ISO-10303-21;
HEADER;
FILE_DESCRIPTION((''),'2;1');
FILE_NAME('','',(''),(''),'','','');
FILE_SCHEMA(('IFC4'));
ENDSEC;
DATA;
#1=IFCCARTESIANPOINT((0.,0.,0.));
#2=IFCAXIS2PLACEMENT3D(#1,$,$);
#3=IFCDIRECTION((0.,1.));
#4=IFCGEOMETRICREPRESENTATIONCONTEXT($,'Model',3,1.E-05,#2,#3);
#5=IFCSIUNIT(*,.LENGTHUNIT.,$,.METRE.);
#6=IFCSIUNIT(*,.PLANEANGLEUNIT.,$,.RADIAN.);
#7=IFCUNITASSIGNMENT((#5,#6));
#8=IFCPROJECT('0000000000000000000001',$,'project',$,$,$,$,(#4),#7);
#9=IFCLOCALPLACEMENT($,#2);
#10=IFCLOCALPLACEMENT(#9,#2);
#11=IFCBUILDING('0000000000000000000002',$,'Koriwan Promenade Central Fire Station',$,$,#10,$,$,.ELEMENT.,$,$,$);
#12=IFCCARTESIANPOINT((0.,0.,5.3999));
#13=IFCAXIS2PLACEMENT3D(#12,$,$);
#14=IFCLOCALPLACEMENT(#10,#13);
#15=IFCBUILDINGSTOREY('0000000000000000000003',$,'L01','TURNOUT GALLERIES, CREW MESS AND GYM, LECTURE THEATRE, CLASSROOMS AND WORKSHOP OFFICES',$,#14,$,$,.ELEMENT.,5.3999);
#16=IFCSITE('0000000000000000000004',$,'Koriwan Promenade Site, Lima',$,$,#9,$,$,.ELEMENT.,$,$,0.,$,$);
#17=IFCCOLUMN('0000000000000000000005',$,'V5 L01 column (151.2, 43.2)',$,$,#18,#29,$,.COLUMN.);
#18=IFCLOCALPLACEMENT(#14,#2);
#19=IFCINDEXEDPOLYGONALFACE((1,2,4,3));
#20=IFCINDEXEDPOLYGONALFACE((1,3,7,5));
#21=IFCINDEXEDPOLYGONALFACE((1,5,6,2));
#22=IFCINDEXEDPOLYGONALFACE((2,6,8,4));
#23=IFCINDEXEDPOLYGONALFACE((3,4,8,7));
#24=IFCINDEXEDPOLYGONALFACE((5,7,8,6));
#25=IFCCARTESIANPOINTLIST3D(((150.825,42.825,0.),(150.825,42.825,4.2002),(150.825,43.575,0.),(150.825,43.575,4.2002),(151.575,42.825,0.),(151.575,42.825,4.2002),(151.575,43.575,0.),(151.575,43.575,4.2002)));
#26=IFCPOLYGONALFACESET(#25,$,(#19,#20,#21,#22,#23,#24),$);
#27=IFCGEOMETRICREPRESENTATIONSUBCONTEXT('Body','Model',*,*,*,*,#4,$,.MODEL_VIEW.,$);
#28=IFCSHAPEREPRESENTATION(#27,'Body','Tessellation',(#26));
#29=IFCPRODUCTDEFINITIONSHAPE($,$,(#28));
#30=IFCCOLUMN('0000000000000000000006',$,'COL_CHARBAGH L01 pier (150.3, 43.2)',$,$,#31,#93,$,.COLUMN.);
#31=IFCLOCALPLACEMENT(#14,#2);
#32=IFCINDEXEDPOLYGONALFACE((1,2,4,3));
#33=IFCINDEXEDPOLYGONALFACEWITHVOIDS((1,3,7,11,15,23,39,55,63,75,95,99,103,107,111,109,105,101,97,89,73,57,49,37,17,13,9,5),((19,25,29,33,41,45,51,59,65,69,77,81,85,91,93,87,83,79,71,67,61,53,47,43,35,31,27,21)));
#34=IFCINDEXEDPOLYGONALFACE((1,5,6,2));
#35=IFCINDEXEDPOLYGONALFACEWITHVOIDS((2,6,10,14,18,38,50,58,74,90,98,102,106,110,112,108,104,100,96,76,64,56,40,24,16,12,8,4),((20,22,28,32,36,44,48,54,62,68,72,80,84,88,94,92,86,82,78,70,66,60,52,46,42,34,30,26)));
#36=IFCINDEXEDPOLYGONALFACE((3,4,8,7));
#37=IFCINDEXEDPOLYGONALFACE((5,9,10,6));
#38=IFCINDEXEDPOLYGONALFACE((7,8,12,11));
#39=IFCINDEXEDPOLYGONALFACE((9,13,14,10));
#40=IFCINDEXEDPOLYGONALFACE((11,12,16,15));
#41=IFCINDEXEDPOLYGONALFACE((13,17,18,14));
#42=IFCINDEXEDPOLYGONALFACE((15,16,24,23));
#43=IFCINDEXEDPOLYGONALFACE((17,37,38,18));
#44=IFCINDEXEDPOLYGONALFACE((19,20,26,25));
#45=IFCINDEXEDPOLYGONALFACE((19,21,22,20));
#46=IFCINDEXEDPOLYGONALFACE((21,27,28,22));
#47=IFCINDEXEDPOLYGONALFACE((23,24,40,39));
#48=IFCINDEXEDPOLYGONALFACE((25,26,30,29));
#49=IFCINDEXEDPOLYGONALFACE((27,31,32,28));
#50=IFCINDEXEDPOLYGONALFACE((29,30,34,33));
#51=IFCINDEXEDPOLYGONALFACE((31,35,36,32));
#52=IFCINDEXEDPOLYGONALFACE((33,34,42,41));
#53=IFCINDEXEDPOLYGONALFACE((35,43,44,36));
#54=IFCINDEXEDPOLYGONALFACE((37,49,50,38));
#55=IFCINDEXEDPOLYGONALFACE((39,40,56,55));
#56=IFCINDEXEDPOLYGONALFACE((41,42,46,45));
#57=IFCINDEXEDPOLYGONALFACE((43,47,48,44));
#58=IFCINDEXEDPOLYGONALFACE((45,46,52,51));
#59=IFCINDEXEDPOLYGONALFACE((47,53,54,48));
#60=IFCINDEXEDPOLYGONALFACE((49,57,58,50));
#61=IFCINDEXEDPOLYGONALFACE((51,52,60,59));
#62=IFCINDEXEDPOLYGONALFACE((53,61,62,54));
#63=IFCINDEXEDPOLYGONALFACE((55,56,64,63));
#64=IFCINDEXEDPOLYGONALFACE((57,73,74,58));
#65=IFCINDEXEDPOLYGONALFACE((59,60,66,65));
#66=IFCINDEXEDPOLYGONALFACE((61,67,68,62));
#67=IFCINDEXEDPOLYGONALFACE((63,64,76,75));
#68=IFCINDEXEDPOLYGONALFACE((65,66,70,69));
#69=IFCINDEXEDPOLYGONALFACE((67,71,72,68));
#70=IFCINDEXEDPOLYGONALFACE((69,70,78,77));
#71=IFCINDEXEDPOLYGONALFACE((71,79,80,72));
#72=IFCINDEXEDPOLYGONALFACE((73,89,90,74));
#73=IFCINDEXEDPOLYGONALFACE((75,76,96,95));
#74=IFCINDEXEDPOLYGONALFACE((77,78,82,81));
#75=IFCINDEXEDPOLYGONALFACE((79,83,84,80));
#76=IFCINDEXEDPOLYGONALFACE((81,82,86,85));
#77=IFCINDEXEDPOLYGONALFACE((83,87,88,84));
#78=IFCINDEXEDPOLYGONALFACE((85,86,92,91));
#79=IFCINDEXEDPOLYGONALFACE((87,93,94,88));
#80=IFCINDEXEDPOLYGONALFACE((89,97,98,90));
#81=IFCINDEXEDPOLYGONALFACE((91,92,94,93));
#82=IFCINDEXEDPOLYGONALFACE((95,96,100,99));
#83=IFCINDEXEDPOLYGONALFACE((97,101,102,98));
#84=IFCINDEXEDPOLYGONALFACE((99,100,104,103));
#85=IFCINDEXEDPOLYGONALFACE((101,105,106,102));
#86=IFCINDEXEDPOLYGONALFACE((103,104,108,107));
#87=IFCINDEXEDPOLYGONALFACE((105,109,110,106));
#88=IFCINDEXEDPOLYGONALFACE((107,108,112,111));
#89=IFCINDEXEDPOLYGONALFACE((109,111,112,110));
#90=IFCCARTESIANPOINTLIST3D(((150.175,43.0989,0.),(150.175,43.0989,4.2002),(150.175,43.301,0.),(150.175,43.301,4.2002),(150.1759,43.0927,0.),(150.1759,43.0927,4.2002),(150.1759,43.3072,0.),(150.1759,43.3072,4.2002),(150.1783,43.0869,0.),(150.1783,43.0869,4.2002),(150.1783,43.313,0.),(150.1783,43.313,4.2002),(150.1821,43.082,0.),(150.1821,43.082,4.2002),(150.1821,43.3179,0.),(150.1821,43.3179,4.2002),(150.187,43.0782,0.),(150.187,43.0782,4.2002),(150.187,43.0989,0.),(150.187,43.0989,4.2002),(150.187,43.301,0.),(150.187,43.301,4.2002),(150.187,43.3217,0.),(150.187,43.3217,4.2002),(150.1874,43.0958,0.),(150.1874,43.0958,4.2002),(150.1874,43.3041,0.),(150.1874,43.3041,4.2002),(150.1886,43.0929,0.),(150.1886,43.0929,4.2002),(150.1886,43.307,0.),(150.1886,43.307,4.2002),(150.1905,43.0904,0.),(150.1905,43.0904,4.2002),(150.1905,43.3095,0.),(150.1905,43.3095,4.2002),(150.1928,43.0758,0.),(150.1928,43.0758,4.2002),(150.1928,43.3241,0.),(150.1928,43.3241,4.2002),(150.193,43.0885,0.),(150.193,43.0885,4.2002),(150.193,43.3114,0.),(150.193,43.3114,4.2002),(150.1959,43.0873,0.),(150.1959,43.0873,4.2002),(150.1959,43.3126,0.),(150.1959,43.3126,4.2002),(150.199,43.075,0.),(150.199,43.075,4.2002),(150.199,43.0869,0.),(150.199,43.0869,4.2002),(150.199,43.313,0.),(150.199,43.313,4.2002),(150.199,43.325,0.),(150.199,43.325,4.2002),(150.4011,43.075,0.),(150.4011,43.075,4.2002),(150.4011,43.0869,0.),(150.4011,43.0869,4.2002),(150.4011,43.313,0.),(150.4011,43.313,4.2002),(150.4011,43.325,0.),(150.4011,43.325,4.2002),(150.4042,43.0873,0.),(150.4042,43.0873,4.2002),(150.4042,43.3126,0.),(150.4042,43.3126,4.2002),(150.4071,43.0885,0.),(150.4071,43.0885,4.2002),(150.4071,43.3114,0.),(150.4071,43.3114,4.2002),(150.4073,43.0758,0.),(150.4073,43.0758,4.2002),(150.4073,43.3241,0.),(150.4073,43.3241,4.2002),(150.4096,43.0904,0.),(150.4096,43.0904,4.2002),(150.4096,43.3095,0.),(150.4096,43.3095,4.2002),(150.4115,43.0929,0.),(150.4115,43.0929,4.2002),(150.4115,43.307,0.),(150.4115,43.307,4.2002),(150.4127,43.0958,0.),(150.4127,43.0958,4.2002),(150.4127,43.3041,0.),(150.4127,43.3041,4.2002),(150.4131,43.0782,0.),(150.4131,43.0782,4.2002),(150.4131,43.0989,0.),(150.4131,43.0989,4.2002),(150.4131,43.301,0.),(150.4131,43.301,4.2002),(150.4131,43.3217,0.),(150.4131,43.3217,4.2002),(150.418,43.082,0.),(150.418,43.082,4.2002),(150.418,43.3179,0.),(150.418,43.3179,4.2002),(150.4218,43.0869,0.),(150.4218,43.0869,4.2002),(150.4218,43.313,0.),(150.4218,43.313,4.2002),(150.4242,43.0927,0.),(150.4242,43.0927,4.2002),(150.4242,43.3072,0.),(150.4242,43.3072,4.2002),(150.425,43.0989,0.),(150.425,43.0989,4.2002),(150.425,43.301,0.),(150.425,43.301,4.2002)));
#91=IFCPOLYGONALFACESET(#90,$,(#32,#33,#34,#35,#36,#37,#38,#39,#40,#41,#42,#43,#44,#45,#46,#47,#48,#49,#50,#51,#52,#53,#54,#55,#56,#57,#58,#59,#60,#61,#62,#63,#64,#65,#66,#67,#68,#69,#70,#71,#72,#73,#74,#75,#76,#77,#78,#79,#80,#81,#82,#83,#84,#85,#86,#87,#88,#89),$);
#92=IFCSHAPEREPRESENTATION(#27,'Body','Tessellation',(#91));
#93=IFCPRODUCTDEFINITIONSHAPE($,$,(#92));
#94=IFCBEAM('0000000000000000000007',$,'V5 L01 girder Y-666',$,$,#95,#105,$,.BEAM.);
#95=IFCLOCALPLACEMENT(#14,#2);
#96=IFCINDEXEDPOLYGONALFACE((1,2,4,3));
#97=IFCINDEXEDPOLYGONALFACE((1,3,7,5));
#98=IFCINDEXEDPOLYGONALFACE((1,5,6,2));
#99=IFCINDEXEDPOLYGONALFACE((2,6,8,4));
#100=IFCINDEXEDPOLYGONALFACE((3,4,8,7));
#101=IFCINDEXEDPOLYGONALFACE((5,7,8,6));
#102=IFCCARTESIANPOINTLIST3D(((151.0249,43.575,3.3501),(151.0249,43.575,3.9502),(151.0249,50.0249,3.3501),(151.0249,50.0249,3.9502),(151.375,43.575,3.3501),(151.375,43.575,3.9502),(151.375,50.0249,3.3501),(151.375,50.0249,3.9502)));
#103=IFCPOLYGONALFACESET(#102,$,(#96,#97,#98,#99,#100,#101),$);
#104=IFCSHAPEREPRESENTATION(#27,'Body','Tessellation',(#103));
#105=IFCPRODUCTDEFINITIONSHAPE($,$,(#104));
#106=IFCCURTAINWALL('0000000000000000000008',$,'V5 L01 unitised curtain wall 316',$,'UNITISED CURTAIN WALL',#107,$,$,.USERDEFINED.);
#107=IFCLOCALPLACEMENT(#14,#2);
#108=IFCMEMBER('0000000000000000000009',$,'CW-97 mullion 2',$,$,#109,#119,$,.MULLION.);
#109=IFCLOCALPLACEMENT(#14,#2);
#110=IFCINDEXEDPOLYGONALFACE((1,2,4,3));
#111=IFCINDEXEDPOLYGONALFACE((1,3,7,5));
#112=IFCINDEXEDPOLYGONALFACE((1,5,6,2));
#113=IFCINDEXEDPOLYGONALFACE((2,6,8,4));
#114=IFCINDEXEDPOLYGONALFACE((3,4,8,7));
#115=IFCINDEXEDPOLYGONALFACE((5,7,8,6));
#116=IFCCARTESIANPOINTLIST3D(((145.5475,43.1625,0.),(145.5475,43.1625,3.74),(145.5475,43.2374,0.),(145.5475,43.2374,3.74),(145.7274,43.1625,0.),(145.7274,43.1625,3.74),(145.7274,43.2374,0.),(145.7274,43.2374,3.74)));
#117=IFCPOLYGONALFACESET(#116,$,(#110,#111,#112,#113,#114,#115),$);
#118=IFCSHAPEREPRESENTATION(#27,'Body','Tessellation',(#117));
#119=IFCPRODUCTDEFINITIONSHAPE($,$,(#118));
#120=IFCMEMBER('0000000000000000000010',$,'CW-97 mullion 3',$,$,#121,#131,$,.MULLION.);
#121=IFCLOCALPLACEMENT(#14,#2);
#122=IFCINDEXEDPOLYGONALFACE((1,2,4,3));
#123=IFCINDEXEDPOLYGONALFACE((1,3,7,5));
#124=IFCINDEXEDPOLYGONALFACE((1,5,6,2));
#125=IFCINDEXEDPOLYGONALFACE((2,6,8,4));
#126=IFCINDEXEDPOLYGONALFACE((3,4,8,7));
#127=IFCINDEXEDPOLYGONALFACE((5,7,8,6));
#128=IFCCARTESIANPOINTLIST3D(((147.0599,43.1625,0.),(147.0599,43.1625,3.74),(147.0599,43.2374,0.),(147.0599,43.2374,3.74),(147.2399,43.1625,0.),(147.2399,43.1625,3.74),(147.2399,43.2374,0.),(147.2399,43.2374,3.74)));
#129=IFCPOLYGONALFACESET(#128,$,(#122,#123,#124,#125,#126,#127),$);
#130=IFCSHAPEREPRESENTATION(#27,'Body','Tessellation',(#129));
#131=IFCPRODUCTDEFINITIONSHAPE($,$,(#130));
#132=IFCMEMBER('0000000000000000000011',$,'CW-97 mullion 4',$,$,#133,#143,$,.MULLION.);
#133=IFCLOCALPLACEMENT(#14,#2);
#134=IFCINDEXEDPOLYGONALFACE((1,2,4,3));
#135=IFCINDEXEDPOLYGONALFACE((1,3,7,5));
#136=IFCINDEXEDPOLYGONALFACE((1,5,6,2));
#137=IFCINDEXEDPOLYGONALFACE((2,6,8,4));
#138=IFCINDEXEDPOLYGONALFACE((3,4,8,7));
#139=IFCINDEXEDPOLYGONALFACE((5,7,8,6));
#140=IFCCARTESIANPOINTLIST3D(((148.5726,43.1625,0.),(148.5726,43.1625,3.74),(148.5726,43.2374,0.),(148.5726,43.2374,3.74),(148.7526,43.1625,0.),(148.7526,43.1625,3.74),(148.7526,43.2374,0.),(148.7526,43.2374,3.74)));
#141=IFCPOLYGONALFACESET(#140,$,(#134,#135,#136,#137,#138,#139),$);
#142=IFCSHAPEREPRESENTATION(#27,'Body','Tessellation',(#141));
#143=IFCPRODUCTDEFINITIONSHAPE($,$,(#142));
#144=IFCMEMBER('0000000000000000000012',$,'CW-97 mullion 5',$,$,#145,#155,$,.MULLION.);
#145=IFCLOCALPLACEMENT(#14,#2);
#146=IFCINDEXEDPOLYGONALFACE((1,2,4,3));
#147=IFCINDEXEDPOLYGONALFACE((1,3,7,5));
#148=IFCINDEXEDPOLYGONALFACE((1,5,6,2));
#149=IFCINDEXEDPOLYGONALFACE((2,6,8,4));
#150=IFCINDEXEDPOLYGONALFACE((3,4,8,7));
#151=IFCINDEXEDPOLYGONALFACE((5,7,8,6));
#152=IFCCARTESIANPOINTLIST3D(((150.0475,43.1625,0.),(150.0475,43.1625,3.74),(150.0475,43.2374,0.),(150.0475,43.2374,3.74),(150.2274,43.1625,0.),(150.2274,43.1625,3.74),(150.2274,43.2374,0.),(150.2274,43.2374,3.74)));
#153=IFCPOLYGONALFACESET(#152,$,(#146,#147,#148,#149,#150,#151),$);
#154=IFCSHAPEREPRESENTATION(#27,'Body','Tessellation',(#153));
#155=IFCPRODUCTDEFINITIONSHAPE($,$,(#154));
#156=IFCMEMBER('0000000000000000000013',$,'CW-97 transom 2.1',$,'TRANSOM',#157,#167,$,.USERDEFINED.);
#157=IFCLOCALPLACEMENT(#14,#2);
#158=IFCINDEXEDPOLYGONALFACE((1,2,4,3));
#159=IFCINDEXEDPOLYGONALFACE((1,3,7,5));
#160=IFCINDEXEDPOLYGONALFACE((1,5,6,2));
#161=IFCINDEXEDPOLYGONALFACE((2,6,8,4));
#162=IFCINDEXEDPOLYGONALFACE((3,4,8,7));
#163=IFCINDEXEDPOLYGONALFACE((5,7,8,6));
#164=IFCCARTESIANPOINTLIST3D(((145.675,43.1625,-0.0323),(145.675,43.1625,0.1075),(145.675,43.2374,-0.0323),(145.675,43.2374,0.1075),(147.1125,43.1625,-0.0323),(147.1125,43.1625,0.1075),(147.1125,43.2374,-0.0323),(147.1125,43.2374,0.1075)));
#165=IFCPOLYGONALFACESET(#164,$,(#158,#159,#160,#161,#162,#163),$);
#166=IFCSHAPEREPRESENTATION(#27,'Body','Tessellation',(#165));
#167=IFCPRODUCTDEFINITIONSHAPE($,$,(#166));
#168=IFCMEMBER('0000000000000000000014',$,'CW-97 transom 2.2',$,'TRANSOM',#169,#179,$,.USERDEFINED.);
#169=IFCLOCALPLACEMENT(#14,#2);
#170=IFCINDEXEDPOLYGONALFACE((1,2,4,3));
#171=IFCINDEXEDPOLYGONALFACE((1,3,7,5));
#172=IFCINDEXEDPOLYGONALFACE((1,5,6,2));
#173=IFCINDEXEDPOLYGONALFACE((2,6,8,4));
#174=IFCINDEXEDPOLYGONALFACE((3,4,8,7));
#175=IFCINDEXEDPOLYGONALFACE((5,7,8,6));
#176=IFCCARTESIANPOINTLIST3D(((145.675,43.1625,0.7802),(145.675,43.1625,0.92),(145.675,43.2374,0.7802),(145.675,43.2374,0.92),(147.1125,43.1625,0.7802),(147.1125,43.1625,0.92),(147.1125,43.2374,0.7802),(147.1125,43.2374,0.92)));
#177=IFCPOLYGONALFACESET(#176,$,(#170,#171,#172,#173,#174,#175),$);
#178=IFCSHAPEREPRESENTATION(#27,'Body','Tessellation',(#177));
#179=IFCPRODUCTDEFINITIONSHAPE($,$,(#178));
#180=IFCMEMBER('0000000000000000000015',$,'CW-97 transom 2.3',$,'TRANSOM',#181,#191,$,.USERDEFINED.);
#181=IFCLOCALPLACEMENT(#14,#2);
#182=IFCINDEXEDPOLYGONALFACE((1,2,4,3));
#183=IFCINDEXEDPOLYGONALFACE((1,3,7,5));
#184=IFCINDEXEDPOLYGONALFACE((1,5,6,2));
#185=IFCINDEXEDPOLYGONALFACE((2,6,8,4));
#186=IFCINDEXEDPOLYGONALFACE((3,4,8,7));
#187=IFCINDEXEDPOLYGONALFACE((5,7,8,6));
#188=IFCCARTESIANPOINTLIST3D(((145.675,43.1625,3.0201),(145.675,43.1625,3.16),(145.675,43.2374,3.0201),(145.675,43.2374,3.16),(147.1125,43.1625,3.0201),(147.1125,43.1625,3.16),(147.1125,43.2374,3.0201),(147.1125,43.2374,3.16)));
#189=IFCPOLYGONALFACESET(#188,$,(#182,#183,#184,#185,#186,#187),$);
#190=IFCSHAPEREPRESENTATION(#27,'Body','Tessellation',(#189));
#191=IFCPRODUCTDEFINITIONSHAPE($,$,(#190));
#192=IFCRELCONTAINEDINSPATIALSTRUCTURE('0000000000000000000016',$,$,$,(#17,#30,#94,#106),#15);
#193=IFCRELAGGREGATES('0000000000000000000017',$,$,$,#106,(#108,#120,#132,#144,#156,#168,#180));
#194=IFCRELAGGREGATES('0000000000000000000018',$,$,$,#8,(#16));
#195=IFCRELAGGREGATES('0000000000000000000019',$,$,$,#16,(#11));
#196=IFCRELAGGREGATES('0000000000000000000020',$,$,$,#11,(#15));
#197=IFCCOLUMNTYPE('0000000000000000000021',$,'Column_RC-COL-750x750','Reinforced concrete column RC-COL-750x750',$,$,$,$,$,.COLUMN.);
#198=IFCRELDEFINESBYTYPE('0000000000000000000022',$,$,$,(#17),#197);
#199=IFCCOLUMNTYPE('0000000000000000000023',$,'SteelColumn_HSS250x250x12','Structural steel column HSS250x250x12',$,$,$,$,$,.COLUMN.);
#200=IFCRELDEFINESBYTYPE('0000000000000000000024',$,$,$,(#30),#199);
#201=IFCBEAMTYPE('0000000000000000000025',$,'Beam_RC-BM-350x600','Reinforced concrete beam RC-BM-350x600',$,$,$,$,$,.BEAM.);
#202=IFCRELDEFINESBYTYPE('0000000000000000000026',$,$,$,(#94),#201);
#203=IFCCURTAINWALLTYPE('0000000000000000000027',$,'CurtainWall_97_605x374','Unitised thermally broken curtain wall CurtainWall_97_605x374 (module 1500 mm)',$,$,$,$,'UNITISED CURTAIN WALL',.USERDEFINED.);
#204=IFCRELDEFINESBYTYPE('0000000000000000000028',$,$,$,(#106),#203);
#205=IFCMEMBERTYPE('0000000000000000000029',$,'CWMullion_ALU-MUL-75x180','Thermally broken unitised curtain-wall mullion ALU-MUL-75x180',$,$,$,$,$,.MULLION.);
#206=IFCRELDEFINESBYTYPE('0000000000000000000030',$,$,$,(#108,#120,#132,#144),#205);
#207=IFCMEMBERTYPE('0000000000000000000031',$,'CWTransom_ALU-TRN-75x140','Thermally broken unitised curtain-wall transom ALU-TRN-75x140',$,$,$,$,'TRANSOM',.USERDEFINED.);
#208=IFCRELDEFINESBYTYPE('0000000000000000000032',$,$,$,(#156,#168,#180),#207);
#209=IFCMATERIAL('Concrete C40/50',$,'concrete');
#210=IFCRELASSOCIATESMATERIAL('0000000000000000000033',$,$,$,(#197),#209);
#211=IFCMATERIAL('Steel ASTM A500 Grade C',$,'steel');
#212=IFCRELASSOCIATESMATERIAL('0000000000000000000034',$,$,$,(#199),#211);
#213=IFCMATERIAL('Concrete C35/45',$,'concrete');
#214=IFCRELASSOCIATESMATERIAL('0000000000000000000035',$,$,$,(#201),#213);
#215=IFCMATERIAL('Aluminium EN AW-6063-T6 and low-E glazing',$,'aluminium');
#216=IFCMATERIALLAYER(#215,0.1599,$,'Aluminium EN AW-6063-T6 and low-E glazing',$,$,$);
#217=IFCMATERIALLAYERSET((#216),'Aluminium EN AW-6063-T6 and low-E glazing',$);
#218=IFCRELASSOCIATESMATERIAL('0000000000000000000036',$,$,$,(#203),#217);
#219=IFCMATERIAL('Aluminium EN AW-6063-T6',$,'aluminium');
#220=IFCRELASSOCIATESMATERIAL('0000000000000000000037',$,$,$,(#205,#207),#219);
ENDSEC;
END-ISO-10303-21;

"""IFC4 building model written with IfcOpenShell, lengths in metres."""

from ifc_helpers import new_model, si_unit, direction, frame, origin, origin_2d, place, context, subcontext, project, spatial, rectangle, hollow_rectangle, extrude, material, layer, layer_set, material_profile, profile_set, type_object, element, aggregate, save


model = new_model("IFC4")

# Units and contexts
model_context = context("Model", 3, precision=1e-05, world=origin(), true_north=direction((0.0, 1.0)))
body_context = subcontext(model_context, "Body", "Model", "MODEL_VIEW")
ifc_project = project(units=[si_unit("LENGTHUNIT", "METRE"), si_unit("PLANEANGLEUNIT", "RADIAN")], contexts=[model_context])

# Site, building, storey
site_placement = place(None, origin())
site = spatial("IfcSite", under=ifc_project, at=site_placement, Name="Koriwan Promenade Site, Lima", CompositionType="ELEMENT", RefElevation=0.0)
building_placement = place(site_placement, origin())
building = spatial("IfcBuilding", under=site, at=building_placement, Name="Koriwan Promenade Central Fire Station", CompositionType="ELEMENT")
storey_placement = place(building_placement, frame((0.0, 0.0, 5.3999)))
storey = spatial("IfcBuildingStorey", under=building, at=storey_placement, Name="L01", Description="TURNOUT GALLERIES, CREW MESS AND GYM, LECTURE THEATRE, CLASSROOMS AND WORKSHOP OFFICES", CompositionType="ELEMENT", Elevation=5.3999)

# Columns
ifc_material_1 = material(Name="Concrete C40/50", Category="concrete")
ifc_material_profile_1 = material_profile(ifc_material_1, rectangle(XDim=0.75, YDim=0.75, at=origin_2d()), Name="RC-COL-750x750")
ifc_profile_set_1 = profile_set([ifc_material_profile_1], Name="Concrete C40/50")
column_type_1 = type_object("IfcColumnType", Name="Column_RC-COL-750x750", Description="Reinforced concrete column RC-COL-750x750", PredefinedType="COLUMN", material=ifc_profile_set_1)
column_1_placement = place(storey_placement, frame((151.2, 43.2, 0.0), z_axis=(0.0, 0.0, 1.0), x_axis=(1.0, 0.0, 0.0)))
element("IfcColumn", 1, at=column_1_placement, inside=storey, type_object=column_type_1, Name="V5 L01 column (151.2, 43.2)", PredefinedType="COLUMN", context=body_context, shape_type="SweptSolid", body=[
    extrude(rectangle(XDim=0.75, YDim=0.75, at=origin_2d()), origin(), (0.0, 0.0, 1.0), 4.2002),
])
ifc_material_2 = material(Name="Steel ASTM A500 Grade C", Category="steel")
ifc_material_profile_2 = material_profile(ifc_material_2, hollow_rectangle(XDim=0.25, YDim=0.25, WallThickness=0.012, InnerFilletRadius=0.012, OuterFilletRadius=0.0239, at=origin_2d()), Name="HSS250x250x12")
ifc_profile_set_2 = profile_set([ifc_material_profile_2], Name="Steel ASTM A500 Grade C")
column_type_2 = type_object("IfcColumnType", Name="SteelColumn_HSS250x250x12", Description="Structural steel column HSS250x250x12", PredefinedType="COLUMN", material=ifc_profile_set_2)
column_2_placement = place(storey_placement, frame((150.3, 43.2, 0.0), z_axis=(0.0, 0.0, 1.0), x_axis=(1.0, 0.0, 0.0)))
element("IfcColumn", 2, at=column_2_placement, inside=storey, type_object=column_type_2, Name="COL_CHARBAGH L01 pier (150.3, 43.2)", PredefinedType="COLUMN", context=body_context, shape_type="SweptSolid", body=[
    extrude(hollow_rectangle(XDim=0.25, YDim=0.25, WallThickness=0.012, InnerFilletRadius=0.012, OuterFilletRadius=0.0239, at=origin_2d()), origin(), (0.0, 0.0, 1.0), 4.2002),
])

# Beam
ifc_material_3 = material(Name="Concrete C35/45", Category="concrete")
ifc_material_profile_3 = material_profile(ifc_material_3, rectangle(XDim=0.3501, YDim=0.6001, at=origin_2d()), Name="RC-BM-350x600")
ifc_profile_set_3 = profile_set([ifc_material_profile_3], Name="Concrete C35/45")
beam_type_1 = type_object("IfcBeamType", Name="Beam_RC-BM-350x600", Description="Reinforced concrete beam RC-BM-350x600", PredefinedType="BEAM", material=ifc_profile_set_3)
beam_1_placement = place(storey_placement, frame((151.2, 43.575, 3.6501), z_axis=(0.0, 1.0, 0.0), x_axis=(-1.0, 0.0, 0.0)))
element("IfcBeam", 3, at=beam_1_placement, inside=storey, type_object=beam_type_1, Name="V5 L01 girder Y-666", PredefinedType="BEAM", context=body_context, shape_type="SweptSolid", body=[
    extrude(rectangle(XDim=0.3501, YDim=0.6001, at=origin_2d()), origin(), (0.0, 0.0, 1.0), 6.45),
])

# Curtain wall, members
ifc_material_4 = material(Name="Aluminium EN AW-6063-T6 and low-E glazing", Category="aluminium")
ifc_layer_1 = layer(ifc_material_4, 0.1599, Name="Aluminium EN AW-6063-T6 and low-E glazing")
ifc_layer_set_1 = layer_set([ifc_layer_1], Name="Aluminium EN AW-6063-T6 and low-E glazing")
curtain_wall_type = type_object("IfcCurtainWallType", Name="CurtainWall_97_605x374", Description="Unitised thermally broken curtain wall CurtainWall_97_605x374 (module 1500 mm)", ElementType="UNITISED CURTAIN WALL", PredefinedType="USERDEFINED", material=ifc_layer_set_1)
curtain_wall_placement = place(storey_placement, origin())
curtain_wall = element("IfcCurtainWall", 4, at=curtain_wall_placement, inside=storey, type_object=curtain_wall_type, Name="V5 L01 unitised curtain wall 316", ObjectType="UNITISED CURTAIN WALL", PredefinedType="USERDEFINED")
ifc_material_5 = material(Name="Aluminium EN AW-6063-T6", Category="aluminium")
ifc_material_profile_4 = material_profile(ifc_material_5, rectangle(XDim=0.075, YDim=0.1799, at=origin_2d()), Name="ALU-MUL-75x180")
ifc_profile_set_4 = profile_set([ifc_material_profile_4], Name="Aluminium EN AW-6063-T6")
member_type_1 = type_object("IfcMemberType", Name="CWMullion_ALU-MUL-75x180", Description="Thermally broken unitised curtain-wall mullion ALU-MUL-75x180", PredefinedType="MULLION", material=ifc_profile_set_4)
member_1_placement = place(storey_placement, frame((145.6375, 43.2, 0.0), z_axis=(0.0, 0.0, 1.0), x_axis=(0.0, 1.0, 0.0)))
member_1 = element("IfcMember", 5, at=member_1_placement, type_object=member_type_1, Name="CW-97 mullion 2", PredefinedType="MULLION", context=body_context, shape_type="SweptSolid", body=[
    extrude(rectangle(XDim=0.075, YDim=0.1799, at=origin_2d()), origin(), (0.0, 0.0, 1.0), 3.74),
])
member_2_placement = place(storey_placement, frame((147.1499, 43.2, 0.0), z_axis=(0.0, 0.0, 1.0), x_axis=(0.0, 1.0, 0.0)))
member_2 = element("IfcMember", 6, at=member_2_placement, type_object=member_type_1, Name="CW-97 mullion 3", PredefinedType="MULLION", context=body_context, shape_type="SweptSolid", body=[
    extrude(rectangle(XDim=0.075, YDim=0.1799, at=origin_2d()), origin(), (0.0, 0.0, 1.0), 3.74),
])
member_3_placement = place(storey_placement, frame((148.6626, 43.2, 0.0), z_axis=(0.0, 0.0, 1.0), x_axis=(0.0, 1.0, 0.0)))
member_3 = element("IfcMember", 7, at=member_3_placement, type_object=member_type_1, Name="CW-97 mullion 4", PredefinedType="MULLION", context=body_context, shape_type="SweptSolid", body=[
    extrude(rectangle(XDim=0.075, YDim=0.1799, at=origin_2d()), origin(), (0.0, 0.0, 1.0), 3.74),
])
member_4_placement = place(storey_placement, frame((150.1375, 43.2, 0.0), z_axis=(0.0, 0.0, 1.0), x_axis=(0.0, 1.0, 0.0)))
member_4 = element("IfcMember", 8, at=member_4_placement, type_object=member_type_1, Name="CW-97 mullion 5", PredefinedType="MULLION", context=body_context, shape_type="SweptSolid", body=[
    extrude(rectangle(XDim=0.075, YDim=0.1799, at=origin_2d()), origin(), (0.0, 0.0, 1.0), 3.74),
])
ifc_material_profile_5 = material_profile(ifc_material_5, rectangle(XDim=0.075, YDim=0.1399, at=origin_2d()), Name="ALU-TRN-75x140")
ifc_profile_set_5 = profile_set([ifc_material_profile_5], Name="Aluminium EN AW-6063-T6")
member_type_2 = type_object("IfcMemberType", Name="CWTransom_ALU-TRN-75x140", Description="Thermally broken unitised curtain-wall transom ALU-TRN-75x140", ElementType="TRANSOM", PredefinedType="USERDEFINED", material=ifc_profile_set_5)
member_5_placement = place(storey_placement, frame((145.675, 43.2, 0.0376), z_axis=(1.0, 0.0, 0.0), x_axis=(0.0, 1.0, 0.0)))
member_5 = element("IfcMember", 9, at=member_5_placement, type_object=member_type_2, Name="CW-97 transom 2.1", ObjectType="TRANSOM", PredefinedType="USERDEFINED", context=body_context, shape_type="SweptSolid", body=[
    extrude(rectangle(XDim=0.075, YDim=0.1399, at=origin_2d()), origin(), (0.0, 0.0, 1.0), 1.4375),
])
member_6_placement = place(storey_placement, frame((145.675, 43.2, 0.8501), z_axis=(1.0, 0.0, 0.0), x_axis=(0.0, 1.0, 0.0)))
member_6 = element("IfcMember", 10, at=member_6_placement, type_object=member_type_2, Name="CW-97 transom 2.2", ObjectType="TRANSOM", PredefinedType="USERDEFINED", context=body_context, shape_type="SweptSolid", body=[
    extrude(rectangle(XDim=0.075, YDim=0.1399, at=origin_2d()), origin(), (0.0, 0.0, 1.0), 1.4375),
])
member_7_placement = place(storey_placement, frame((145.675, 43.2, 3.0901), z_axis=(1.0, 0.0, 0.0), x_axis=(0.0, 1.0, 0.0)))
member_7 = element("IfcMember", 11, at=member_7_placement, type_object=member_type_2, Name="CW-97 transom 2.3", ObjectType="TRANSOM", PredefinedType="USERDEFINED", context=body_context, shape_type="SweptSolid", body=[
    extrude(rectangle(XDim=0.075, YDim=0.1399, at=origin_2d()), origin(), (0.0, 0.0, 1.0), 1.4375),
])

aggregate(curtain_wall, [member_1, member_2, member_3, member_4, member_5, member_6, member_7])

save(model, "model.ifc")
